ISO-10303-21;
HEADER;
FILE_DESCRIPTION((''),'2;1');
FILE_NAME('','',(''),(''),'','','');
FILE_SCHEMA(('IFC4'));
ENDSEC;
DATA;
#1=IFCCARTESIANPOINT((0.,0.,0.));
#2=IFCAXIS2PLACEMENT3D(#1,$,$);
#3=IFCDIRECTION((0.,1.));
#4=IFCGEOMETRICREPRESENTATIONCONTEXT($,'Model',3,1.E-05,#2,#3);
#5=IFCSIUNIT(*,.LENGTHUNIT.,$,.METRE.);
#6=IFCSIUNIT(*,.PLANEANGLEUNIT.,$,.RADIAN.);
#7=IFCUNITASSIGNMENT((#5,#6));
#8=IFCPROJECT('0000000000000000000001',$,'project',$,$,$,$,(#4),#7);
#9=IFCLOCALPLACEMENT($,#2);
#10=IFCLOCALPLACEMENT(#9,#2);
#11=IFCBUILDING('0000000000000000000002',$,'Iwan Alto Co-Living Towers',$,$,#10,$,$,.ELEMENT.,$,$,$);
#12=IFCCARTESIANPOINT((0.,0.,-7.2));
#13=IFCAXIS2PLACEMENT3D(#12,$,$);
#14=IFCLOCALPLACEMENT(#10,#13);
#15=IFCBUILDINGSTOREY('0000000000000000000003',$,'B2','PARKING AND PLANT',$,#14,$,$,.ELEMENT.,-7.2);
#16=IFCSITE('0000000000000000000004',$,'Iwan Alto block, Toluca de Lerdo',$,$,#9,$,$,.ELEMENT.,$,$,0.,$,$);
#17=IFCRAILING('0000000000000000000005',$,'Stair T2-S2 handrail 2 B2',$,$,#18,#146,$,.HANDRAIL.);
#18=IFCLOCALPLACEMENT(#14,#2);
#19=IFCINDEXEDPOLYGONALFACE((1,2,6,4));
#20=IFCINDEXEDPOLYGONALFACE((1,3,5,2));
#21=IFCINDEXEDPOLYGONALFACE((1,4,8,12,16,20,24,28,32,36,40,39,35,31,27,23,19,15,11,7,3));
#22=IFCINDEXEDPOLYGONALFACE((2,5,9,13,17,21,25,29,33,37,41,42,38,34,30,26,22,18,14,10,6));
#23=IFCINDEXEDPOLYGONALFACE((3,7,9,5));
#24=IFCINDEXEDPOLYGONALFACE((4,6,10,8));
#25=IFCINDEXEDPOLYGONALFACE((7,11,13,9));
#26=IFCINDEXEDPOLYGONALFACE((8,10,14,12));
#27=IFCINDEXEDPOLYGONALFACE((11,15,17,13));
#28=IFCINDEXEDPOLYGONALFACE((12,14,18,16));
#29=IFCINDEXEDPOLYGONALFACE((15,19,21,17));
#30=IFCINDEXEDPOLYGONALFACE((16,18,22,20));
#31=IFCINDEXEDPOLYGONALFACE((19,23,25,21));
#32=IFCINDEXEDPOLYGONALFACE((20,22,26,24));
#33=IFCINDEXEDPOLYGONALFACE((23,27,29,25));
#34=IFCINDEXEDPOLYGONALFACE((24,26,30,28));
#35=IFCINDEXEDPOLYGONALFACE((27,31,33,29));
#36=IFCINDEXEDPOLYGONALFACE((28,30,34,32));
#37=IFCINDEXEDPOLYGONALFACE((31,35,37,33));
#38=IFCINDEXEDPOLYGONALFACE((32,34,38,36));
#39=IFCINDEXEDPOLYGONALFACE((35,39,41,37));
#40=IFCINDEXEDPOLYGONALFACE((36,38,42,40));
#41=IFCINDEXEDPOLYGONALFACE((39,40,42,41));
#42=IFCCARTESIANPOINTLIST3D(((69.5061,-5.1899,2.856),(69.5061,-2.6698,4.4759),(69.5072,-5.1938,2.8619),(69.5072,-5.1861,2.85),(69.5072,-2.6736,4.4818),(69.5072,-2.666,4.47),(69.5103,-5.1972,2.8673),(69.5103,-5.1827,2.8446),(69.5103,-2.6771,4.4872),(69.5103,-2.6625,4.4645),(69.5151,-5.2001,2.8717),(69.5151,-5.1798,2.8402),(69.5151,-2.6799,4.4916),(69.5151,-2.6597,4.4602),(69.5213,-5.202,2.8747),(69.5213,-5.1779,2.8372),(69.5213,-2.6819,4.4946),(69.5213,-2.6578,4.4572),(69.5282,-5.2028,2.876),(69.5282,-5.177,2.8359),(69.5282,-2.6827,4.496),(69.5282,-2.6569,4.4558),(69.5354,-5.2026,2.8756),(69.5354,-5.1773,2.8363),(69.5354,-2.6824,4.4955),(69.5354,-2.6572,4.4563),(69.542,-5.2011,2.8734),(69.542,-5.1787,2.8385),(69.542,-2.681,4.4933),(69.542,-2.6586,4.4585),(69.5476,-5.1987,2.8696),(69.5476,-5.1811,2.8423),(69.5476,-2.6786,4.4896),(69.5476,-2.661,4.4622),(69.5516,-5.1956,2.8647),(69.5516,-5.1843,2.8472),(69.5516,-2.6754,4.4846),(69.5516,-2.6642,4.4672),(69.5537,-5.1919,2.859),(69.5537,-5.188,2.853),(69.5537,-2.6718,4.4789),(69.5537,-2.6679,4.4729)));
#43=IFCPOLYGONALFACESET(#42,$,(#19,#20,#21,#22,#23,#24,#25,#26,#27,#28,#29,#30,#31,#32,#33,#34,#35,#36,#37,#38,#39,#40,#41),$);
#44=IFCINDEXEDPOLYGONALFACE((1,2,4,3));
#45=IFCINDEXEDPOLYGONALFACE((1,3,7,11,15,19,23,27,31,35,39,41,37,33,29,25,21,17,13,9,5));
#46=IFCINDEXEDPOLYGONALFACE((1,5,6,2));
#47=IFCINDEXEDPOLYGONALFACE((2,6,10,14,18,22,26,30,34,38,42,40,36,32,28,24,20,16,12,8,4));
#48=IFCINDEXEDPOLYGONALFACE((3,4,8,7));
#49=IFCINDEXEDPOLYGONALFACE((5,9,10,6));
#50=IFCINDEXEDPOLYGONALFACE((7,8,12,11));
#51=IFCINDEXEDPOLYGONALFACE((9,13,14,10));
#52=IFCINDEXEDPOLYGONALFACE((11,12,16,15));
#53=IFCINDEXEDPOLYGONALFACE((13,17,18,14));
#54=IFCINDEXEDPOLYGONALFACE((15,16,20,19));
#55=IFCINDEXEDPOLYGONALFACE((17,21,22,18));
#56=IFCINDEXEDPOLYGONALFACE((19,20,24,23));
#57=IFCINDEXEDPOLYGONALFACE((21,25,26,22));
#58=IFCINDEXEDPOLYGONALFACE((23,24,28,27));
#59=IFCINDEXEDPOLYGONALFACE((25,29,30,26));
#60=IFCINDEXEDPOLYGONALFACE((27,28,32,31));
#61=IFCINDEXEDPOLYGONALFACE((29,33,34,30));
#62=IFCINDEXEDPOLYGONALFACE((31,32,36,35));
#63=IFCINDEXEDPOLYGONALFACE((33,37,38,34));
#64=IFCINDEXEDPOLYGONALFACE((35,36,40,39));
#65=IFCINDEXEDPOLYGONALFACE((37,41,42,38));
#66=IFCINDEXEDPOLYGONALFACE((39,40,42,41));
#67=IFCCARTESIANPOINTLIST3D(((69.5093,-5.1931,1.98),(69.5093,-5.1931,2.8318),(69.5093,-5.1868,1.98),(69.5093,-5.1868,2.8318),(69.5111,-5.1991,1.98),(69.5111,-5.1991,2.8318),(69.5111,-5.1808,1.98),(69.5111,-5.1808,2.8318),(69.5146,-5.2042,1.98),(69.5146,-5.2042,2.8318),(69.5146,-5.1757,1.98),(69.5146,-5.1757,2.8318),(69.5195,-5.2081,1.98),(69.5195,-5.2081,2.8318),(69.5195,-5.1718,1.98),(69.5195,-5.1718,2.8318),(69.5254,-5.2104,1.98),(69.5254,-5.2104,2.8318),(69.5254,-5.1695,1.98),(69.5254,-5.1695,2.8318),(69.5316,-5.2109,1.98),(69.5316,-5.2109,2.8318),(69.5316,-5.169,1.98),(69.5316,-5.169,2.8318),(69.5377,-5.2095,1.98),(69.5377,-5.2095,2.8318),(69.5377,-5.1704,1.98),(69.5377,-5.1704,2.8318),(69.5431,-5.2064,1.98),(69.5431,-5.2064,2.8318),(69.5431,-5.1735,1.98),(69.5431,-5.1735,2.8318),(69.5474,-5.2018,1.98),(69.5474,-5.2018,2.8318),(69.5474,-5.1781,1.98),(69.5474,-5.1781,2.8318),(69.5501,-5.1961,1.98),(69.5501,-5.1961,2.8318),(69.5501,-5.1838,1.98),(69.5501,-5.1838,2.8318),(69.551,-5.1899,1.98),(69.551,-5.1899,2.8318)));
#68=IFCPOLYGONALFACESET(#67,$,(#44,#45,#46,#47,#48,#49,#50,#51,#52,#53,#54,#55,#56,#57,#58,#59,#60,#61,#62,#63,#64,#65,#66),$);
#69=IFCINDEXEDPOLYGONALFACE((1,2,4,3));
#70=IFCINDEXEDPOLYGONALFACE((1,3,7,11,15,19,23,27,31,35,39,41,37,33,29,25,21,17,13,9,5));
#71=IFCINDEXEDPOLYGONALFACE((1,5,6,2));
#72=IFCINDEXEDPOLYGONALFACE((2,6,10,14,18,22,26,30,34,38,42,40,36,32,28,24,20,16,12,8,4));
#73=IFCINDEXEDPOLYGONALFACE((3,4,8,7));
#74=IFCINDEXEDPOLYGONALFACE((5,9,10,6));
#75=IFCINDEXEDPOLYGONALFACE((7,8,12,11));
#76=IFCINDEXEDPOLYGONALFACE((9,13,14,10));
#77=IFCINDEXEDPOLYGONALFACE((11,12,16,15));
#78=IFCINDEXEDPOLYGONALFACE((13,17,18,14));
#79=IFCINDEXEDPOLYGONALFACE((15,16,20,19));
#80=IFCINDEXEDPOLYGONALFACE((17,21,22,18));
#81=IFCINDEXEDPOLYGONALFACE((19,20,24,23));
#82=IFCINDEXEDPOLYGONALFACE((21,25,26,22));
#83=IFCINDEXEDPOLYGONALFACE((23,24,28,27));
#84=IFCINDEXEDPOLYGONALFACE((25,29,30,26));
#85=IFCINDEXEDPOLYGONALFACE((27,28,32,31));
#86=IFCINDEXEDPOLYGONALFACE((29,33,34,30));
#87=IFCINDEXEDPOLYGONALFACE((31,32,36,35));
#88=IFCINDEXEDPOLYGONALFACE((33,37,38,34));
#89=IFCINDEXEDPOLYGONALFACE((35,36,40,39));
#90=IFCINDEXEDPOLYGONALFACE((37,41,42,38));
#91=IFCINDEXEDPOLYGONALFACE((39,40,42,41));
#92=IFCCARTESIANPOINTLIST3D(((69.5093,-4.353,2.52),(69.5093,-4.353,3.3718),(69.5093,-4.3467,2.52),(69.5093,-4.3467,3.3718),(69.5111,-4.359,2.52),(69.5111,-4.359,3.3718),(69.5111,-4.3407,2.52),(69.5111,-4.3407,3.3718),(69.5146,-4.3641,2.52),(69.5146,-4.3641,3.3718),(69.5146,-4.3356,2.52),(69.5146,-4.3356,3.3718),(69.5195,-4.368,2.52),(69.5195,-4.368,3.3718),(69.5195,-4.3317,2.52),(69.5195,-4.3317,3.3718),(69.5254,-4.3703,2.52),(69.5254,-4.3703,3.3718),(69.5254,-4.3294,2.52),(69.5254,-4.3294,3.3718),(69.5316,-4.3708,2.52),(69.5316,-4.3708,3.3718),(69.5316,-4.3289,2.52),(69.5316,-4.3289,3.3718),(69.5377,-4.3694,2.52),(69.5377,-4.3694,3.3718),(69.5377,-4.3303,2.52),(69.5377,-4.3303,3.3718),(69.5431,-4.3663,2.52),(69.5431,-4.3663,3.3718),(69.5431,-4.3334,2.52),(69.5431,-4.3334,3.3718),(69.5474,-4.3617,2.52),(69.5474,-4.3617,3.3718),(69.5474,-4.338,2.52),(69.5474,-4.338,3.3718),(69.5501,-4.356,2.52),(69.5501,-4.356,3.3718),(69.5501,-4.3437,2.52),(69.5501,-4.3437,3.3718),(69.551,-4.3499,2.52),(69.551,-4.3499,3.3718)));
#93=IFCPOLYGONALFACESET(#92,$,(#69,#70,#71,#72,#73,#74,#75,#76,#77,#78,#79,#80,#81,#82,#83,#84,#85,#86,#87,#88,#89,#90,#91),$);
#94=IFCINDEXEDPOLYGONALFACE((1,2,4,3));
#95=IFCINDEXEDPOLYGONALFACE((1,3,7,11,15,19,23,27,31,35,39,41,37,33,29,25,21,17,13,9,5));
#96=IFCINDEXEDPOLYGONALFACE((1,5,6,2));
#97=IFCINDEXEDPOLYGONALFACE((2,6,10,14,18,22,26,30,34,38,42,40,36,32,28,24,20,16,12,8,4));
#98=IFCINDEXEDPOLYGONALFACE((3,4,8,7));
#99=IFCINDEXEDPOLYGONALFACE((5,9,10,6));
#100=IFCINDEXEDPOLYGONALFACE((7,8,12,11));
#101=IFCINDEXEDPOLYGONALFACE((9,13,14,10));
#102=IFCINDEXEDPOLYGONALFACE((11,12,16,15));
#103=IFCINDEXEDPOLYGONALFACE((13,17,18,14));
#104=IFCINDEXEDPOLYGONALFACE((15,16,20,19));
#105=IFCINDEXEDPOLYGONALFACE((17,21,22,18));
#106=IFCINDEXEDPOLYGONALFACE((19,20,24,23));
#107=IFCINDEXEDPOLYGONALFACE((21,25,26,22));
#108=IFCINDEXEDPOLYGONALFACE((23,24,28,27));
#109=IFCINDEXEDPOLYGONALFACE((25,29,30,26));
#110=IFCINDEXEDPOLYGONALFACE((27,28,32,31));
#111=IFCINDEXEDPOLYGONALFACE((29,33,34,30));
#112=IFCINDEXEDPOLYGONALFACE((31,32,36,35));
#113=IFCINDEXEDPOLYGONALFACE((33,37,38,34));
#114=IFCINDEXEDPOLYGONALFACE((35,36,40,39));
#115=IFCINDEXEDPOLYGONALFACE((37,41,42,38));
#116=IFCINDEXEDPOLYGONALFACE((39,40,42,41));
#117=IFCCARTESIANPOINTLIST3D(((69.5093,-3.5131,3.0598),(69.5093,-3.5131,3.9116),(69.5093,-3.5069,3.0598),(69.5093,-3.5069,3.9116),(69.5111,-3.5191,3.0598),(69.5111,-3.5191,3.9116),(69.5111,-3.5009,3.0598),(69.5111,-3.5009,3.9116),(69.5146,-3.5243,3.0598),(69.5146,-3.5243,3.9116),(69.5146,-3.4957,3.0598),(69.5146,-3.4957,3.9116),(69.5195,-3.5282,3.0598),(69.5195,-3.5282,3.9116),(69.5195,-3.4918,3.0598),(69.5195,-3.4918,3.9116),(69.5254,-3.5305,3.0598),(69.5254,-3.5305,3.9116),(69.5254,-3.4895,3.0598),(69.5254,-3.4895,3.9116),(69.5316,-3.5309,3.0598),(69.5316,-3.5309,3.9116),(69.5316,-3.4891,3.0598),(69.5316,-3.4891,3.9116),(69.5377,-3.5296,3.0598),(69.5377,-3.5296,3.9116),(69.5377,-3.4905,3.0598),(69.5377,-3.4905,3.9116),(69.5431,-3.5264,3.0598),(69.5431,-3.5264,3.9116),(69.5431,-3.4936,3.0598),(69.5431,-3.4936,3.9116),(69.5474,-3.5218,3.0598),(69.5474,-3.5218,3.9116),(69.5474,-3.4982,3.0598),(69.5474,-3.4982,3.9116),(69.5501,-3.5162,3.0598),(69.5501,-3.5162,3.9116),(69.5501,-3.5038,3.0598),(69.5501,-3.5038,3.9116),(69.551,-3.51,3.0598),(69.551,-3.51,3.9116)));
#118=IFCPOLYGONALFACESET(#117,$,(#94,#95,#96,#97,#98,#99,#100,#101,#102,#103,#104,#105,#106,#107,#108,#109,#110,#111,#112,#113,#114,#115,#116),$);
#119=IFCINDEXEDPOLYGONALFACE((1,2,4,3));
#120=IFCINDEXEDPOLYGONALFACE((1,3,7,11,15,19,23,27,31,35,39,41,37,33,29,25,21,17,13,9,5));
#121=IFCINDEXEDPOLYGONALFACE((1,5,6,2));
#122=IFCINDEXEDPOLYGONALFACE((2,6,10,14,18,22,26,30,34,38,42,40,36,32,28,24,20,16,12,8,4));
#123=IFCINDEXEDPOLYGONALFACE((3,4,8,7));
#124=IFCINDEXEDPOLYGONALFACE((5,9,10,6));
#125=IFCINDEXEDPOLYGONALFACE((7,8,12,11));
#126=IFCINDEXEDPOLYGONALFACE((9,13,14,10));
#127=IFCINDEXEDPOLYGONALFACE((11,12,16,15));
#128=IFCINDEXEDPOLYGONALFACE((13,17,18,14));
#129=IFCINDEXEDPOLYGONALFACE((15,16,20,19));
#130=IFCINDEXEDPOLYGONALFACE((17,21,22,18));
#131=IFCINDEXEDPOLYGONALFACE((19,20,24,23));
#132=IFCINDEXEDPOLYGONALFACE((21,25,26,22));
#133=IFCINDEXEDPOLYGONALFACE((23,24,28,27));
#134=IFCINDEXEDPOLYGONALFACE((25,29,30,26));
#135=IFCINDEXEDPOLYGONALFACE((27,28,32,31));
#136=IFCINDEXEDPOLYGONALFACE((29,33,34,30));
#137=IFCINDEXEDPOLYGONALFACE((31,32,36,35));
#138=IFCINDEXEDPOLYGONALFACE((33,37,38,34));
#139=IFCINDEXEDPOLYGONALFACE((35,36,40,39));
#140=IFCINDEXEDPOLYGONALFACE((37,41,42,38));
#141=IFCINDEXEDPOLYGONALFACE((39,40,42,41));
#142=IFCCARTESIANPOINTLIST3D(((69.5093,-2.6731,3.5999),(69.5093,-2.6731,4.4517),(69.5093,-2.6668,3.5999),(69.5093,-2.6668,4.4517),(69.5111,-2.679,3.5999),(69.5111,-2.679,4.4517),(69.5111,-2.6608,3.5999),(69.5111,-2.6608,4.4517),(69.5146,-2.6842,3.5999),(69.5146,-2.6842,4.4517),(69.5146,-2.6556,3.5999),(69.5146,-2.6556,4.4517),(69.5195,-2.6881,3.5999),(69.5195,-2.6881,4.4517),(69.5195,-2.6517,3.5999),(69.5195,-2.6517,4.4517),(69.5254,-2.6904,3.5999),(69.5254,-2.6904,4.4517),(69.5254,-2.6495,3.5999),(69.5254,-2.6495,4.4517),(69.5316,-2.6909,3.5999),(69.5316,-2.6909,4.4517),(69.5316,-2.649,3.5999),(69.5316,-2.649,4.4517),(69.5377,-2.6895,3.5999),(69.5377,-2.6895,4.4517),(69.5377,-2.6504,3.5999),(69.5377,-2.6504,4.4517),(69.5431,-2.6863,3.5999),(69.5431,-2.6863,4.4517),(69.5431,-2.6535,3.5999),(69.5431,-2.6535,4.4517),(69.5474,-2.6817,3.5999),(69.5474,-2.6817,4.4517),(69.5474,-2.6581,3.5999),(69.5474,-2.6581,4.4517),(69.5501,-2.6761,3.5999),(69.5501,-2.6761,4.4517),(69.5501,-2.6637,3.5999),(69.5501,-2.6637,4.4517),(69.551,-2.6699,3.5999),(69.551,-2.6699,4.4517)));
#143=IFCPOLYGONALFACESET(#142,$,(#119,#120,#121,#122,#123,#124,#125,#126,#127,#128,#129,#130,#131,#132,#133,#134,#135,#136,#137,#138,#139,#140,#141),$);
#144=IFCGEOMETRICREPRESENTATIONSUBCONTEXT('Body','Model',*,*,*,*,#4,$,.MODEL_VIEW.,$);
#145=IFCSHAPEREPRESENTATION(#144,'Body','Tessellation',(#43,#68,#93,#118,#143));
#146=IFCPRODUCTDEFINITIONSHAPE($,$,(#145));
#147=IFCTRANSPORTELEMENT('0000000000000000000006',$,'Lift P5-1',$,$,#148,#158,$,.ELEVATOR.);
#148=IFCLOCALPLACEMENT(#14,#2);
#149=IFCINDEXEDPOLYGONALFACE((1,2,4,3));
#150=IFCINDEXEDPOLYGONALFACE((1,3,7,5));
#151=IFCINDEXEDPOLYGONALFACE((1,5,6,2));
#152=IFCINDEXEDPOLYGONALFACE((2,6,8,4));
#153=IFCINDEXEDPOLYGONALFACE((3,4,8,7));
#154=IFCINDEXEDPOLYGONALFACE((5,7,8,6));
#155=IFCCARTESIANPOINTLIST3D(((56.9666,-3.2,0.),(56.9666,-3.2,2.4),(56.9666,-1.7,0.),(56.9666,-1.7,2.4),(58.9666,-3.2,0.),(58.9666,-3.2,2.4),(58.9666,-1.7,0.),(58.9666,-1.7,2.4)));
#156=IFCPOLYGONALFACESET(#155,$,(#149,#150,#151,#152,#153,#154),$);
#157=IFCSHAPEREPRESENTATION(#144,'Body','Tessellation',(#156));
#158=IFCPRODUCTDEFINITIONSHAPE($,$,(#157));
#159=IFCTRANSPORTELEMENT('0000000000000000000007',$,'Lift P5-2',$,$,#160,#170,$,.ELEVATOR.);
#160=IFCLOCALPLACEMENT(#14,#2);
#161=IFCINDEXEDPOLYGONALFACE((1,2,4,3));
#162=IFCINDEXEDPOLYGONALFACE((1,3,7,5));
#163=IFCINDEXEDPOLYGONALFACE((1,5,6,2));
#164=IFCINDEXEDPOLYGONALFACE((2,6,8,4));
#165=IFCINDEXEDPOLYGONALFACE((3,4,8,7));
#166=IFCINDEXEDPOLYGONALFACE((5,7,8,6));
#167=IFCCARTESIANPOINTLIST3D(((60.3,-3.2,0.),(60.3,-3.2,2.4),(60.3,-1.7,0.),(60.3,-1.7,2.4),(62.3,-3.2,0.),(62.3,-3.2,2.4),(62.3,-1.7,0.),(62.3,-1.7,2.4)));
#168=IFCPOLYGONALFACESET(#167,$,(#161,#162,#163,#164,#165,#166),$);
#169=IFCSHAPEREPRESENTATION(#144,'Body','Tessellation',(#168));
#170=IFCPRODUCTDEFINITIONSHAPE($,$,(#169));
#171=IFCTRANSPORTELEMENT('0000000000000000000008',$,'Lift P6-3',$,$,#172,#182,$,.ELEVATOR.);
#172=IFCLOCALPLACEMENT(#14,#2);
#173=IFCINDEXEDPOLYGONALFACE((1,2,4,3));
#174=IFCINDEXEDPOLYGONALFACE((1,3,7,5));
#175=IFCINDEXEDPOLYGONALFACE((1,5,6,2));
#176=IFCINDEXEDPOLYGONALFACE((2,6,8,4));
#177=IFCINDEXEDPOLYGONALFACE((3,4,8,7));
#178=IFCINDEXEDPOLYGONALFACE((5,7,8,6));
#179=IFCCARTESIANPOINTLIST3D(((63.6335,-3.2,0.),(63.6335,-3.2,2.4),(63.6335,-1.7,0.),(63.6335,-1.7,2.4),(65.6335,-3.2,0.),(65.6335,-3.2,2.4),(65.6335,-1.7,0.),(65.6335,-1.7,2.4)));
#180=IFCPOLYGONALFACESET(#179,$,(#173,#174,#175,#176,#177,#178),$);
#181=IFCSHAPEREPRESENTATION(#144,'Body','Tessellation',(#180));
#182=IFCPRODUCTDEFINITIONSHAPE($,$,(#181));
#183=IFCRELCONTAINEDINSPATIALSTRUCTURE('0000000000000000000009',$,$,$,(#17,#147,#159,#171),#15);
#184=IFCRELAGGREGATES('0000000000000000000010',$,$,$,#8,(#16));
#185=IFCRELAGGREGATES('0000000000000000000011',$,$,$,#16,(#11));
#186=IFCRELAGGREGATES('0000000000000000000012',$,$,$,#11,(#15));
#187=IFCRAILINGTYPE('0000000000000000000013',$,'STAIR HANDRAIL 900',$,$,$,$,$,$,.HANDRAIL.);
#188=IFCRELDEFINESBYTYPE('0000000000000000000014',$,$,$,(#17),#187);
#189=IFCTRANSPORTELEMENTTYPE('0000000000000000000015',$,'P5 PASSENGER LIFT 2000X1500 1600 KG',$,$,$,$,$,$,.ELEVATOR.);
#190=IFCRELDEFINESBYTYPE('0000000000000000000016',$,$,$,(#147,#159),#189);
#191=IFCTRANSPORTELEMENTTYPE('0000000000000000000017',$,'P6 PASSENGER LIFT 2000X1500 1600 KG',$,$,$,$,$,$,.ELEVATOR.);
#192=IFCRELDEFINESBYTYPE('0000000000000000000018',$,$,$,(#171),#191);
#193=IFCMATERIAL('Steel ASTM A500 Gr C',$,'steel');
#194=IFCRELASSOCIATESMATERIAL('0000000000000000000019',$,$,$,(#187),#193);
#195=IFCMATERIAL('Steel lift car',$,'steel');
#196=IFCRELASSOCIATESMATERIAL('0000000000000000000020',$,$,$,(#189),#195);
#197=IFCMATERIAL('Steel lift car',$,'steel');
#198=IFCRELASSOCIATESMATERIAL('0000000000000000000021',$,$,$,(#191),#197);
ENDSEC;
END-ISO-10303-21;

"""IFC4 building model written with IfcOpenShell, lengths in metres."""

from ifc_helpers import new_model, si_unit, direction, frame, origin, origin_2d, place, context, subcontext, project, spatial, rectangle, circle, extrude, material, type_object, element, save


model = new_model("IFC4")

# Units and contexts
model_context = context("Model", 3, precision=1e-05, world=origin(), true_north=direction((0.0, 1.0)))
body_context = subcontext(model_context, "Body", "Model", "MODEL_VIEW")
ifc_project = project(units=[si_unit("LENGTHUNIT", "METRE"), si_unit("PLANEANGLEUNIT", "RADIAN")], contexts=[model_context])

# Site, building, storey
site_placement = place(None, origin())
site = spatial("IfcSite", under=ifc_project, at=site_placement, Name="Iwan Alto block, Toluca de Lerdo", CompositionType="ELEMENT", RefElevation=0.0)
building_placement = place(site_placement, origin())
building = spatial("IfcBuilding", under=site, at=building_placement, Name="Iwan Alto Co-Living Towers", CompositionType="ELEMENT")
storey_placement = place(building_placement, frame((0.0, 0.0, -7.2)))
storey = spatial("IfcBuildingStorey", under=building, at=storey_placement, Name="B2", Description="PARKING AND PLANT", CompositionType="ELEMENT", Elevation=-7.2)

# Railing
ifc_material_1 = material(Name="Steel ASTM A500 Gr C", Category="steel")
railing_type_1 = type_object("IfcRailingType", Name="STAIR HANDRAIL 900", PredefinedType="HANDRAIL", material=ifc_material_1)
railing_1_placement = place(storey_placement, frame((69.53, -5.1899, 1.98)))
element("IfcRailing", 1, at=railing_1_placement, inside=storey, type_object=railing_type_1, Name="Stair T2-S2 handrail 2 B2", PredefinedType="HANDRAIL", context=body_context, shape_type="SweptSolid", body=[
    extrude(circle(Radius=0.0239, at=origin_2d()), frame((0.0, 0.0, 0.876), z_axis=(0.0, 0.8412, 0.540725), x_axis=(-1.0, 0.0, 0.0)), (0.0, 0.0, 1.0), 2.9958),
    extrude(circle(Radius=0.021, at=origin_2d()), origin(), (0.0, 0.0, 1.0), 0.8518),
    extrude(circle(Radius=0.021, at=origin_2d()), frame((0.0, 0.8401, 0.54)), (0.0, 0.0, 1.0), 0.8518),
    extrude(circle(Radius=0.021, at=origin_2d()), frame((0.0, 1.6799, 1.0798)), (0.0, 0.0, 1.0), 0.8518),
    extrude(circle(Radius=0.021, at=origin_2d()), frame((0.0, 2.52, 1.6199)), (0.0, 0.0, 1.0), 0.8518),
])

# Transport elements
ifc_material_2 = material(Name="Steel lift car", Category="steel")
transport_element_type_1 = type_object("IfcTransportElementType", Name="P5 PASSENGER LIFT 2000X1500 1600 KG", PredefinedType="ELEVATOR", material=ifc_material_2)
transport_element_1_placement = place(storey_placement, frame((57.9666, -2.45, 0.0), z_axis=(0.0, 0.0, 1.0), x_axis=(1.0, 0.0, 0.0)))
element("IfcTransportElement", 2, at=transport_element_1_placement, inside=storey, type_object=transport_element_type_1, Name="Lift P5-1", PredefinedType="ELEVATOR", context=body_context, shape_type="SweptSolid", body=[
    extrude(rectangle(XDim=2.0, YDim=1.5, at=origin_2d()), origin(), (0.0, 0.0, 1.0), 2.4),
])
transport_element_2_placement = place(storey_placement, frame((61.3, -2.45, 0.0), z_axis=(0.0, 0.0, 1.0), x_axis=(1.0, 0.0, 0.0)))
element("IfcTransportElement", 3, at=transport_element_2_placement, inside=storey, type_object=transport_element_type_1, Name="Lift P5-2", PredefinedType="ELEVATOR", context=body_context, shape_type="SweptSolid", body=[
    extrude(rectangle(XDim=2.0, YDim=1.5, at=origin_2d()), origin(), (0.0, 0.0, 1.0), 2.4),
])
ifc_material_3 = material(Name="Steel lift car", Category="steel")
transport_element_type_2 = type_object("IfcTransportElementType", Name="P6 PASSENGER LIFT 2000X1500 1600 KG", PredefinedType="ELEVATOR", material=ifc_material_3)
transport_element_3_placement = place(storey_placement, frame((64.6335, -2.45, 0.0), z_axis=(0.0, 0.0, 1.0), x_axis=(1.0, 0.0, 0.0)))
element("IfcTransportElement", 4, at=transport_element_3_placement, inside=storey, type_object=transport_element_type_2, Name="Lift P6-3", PredefinedType="ELEVATOR", context=body_context, shape_type="SweptSolid", body=[
    extrude(rectangle(XDim=2.0, YDim=1.5, at=origin_2d()), origin(), (0.0, 0.0, 1.0), 2.4),
])

save(model, "model.ifc")
